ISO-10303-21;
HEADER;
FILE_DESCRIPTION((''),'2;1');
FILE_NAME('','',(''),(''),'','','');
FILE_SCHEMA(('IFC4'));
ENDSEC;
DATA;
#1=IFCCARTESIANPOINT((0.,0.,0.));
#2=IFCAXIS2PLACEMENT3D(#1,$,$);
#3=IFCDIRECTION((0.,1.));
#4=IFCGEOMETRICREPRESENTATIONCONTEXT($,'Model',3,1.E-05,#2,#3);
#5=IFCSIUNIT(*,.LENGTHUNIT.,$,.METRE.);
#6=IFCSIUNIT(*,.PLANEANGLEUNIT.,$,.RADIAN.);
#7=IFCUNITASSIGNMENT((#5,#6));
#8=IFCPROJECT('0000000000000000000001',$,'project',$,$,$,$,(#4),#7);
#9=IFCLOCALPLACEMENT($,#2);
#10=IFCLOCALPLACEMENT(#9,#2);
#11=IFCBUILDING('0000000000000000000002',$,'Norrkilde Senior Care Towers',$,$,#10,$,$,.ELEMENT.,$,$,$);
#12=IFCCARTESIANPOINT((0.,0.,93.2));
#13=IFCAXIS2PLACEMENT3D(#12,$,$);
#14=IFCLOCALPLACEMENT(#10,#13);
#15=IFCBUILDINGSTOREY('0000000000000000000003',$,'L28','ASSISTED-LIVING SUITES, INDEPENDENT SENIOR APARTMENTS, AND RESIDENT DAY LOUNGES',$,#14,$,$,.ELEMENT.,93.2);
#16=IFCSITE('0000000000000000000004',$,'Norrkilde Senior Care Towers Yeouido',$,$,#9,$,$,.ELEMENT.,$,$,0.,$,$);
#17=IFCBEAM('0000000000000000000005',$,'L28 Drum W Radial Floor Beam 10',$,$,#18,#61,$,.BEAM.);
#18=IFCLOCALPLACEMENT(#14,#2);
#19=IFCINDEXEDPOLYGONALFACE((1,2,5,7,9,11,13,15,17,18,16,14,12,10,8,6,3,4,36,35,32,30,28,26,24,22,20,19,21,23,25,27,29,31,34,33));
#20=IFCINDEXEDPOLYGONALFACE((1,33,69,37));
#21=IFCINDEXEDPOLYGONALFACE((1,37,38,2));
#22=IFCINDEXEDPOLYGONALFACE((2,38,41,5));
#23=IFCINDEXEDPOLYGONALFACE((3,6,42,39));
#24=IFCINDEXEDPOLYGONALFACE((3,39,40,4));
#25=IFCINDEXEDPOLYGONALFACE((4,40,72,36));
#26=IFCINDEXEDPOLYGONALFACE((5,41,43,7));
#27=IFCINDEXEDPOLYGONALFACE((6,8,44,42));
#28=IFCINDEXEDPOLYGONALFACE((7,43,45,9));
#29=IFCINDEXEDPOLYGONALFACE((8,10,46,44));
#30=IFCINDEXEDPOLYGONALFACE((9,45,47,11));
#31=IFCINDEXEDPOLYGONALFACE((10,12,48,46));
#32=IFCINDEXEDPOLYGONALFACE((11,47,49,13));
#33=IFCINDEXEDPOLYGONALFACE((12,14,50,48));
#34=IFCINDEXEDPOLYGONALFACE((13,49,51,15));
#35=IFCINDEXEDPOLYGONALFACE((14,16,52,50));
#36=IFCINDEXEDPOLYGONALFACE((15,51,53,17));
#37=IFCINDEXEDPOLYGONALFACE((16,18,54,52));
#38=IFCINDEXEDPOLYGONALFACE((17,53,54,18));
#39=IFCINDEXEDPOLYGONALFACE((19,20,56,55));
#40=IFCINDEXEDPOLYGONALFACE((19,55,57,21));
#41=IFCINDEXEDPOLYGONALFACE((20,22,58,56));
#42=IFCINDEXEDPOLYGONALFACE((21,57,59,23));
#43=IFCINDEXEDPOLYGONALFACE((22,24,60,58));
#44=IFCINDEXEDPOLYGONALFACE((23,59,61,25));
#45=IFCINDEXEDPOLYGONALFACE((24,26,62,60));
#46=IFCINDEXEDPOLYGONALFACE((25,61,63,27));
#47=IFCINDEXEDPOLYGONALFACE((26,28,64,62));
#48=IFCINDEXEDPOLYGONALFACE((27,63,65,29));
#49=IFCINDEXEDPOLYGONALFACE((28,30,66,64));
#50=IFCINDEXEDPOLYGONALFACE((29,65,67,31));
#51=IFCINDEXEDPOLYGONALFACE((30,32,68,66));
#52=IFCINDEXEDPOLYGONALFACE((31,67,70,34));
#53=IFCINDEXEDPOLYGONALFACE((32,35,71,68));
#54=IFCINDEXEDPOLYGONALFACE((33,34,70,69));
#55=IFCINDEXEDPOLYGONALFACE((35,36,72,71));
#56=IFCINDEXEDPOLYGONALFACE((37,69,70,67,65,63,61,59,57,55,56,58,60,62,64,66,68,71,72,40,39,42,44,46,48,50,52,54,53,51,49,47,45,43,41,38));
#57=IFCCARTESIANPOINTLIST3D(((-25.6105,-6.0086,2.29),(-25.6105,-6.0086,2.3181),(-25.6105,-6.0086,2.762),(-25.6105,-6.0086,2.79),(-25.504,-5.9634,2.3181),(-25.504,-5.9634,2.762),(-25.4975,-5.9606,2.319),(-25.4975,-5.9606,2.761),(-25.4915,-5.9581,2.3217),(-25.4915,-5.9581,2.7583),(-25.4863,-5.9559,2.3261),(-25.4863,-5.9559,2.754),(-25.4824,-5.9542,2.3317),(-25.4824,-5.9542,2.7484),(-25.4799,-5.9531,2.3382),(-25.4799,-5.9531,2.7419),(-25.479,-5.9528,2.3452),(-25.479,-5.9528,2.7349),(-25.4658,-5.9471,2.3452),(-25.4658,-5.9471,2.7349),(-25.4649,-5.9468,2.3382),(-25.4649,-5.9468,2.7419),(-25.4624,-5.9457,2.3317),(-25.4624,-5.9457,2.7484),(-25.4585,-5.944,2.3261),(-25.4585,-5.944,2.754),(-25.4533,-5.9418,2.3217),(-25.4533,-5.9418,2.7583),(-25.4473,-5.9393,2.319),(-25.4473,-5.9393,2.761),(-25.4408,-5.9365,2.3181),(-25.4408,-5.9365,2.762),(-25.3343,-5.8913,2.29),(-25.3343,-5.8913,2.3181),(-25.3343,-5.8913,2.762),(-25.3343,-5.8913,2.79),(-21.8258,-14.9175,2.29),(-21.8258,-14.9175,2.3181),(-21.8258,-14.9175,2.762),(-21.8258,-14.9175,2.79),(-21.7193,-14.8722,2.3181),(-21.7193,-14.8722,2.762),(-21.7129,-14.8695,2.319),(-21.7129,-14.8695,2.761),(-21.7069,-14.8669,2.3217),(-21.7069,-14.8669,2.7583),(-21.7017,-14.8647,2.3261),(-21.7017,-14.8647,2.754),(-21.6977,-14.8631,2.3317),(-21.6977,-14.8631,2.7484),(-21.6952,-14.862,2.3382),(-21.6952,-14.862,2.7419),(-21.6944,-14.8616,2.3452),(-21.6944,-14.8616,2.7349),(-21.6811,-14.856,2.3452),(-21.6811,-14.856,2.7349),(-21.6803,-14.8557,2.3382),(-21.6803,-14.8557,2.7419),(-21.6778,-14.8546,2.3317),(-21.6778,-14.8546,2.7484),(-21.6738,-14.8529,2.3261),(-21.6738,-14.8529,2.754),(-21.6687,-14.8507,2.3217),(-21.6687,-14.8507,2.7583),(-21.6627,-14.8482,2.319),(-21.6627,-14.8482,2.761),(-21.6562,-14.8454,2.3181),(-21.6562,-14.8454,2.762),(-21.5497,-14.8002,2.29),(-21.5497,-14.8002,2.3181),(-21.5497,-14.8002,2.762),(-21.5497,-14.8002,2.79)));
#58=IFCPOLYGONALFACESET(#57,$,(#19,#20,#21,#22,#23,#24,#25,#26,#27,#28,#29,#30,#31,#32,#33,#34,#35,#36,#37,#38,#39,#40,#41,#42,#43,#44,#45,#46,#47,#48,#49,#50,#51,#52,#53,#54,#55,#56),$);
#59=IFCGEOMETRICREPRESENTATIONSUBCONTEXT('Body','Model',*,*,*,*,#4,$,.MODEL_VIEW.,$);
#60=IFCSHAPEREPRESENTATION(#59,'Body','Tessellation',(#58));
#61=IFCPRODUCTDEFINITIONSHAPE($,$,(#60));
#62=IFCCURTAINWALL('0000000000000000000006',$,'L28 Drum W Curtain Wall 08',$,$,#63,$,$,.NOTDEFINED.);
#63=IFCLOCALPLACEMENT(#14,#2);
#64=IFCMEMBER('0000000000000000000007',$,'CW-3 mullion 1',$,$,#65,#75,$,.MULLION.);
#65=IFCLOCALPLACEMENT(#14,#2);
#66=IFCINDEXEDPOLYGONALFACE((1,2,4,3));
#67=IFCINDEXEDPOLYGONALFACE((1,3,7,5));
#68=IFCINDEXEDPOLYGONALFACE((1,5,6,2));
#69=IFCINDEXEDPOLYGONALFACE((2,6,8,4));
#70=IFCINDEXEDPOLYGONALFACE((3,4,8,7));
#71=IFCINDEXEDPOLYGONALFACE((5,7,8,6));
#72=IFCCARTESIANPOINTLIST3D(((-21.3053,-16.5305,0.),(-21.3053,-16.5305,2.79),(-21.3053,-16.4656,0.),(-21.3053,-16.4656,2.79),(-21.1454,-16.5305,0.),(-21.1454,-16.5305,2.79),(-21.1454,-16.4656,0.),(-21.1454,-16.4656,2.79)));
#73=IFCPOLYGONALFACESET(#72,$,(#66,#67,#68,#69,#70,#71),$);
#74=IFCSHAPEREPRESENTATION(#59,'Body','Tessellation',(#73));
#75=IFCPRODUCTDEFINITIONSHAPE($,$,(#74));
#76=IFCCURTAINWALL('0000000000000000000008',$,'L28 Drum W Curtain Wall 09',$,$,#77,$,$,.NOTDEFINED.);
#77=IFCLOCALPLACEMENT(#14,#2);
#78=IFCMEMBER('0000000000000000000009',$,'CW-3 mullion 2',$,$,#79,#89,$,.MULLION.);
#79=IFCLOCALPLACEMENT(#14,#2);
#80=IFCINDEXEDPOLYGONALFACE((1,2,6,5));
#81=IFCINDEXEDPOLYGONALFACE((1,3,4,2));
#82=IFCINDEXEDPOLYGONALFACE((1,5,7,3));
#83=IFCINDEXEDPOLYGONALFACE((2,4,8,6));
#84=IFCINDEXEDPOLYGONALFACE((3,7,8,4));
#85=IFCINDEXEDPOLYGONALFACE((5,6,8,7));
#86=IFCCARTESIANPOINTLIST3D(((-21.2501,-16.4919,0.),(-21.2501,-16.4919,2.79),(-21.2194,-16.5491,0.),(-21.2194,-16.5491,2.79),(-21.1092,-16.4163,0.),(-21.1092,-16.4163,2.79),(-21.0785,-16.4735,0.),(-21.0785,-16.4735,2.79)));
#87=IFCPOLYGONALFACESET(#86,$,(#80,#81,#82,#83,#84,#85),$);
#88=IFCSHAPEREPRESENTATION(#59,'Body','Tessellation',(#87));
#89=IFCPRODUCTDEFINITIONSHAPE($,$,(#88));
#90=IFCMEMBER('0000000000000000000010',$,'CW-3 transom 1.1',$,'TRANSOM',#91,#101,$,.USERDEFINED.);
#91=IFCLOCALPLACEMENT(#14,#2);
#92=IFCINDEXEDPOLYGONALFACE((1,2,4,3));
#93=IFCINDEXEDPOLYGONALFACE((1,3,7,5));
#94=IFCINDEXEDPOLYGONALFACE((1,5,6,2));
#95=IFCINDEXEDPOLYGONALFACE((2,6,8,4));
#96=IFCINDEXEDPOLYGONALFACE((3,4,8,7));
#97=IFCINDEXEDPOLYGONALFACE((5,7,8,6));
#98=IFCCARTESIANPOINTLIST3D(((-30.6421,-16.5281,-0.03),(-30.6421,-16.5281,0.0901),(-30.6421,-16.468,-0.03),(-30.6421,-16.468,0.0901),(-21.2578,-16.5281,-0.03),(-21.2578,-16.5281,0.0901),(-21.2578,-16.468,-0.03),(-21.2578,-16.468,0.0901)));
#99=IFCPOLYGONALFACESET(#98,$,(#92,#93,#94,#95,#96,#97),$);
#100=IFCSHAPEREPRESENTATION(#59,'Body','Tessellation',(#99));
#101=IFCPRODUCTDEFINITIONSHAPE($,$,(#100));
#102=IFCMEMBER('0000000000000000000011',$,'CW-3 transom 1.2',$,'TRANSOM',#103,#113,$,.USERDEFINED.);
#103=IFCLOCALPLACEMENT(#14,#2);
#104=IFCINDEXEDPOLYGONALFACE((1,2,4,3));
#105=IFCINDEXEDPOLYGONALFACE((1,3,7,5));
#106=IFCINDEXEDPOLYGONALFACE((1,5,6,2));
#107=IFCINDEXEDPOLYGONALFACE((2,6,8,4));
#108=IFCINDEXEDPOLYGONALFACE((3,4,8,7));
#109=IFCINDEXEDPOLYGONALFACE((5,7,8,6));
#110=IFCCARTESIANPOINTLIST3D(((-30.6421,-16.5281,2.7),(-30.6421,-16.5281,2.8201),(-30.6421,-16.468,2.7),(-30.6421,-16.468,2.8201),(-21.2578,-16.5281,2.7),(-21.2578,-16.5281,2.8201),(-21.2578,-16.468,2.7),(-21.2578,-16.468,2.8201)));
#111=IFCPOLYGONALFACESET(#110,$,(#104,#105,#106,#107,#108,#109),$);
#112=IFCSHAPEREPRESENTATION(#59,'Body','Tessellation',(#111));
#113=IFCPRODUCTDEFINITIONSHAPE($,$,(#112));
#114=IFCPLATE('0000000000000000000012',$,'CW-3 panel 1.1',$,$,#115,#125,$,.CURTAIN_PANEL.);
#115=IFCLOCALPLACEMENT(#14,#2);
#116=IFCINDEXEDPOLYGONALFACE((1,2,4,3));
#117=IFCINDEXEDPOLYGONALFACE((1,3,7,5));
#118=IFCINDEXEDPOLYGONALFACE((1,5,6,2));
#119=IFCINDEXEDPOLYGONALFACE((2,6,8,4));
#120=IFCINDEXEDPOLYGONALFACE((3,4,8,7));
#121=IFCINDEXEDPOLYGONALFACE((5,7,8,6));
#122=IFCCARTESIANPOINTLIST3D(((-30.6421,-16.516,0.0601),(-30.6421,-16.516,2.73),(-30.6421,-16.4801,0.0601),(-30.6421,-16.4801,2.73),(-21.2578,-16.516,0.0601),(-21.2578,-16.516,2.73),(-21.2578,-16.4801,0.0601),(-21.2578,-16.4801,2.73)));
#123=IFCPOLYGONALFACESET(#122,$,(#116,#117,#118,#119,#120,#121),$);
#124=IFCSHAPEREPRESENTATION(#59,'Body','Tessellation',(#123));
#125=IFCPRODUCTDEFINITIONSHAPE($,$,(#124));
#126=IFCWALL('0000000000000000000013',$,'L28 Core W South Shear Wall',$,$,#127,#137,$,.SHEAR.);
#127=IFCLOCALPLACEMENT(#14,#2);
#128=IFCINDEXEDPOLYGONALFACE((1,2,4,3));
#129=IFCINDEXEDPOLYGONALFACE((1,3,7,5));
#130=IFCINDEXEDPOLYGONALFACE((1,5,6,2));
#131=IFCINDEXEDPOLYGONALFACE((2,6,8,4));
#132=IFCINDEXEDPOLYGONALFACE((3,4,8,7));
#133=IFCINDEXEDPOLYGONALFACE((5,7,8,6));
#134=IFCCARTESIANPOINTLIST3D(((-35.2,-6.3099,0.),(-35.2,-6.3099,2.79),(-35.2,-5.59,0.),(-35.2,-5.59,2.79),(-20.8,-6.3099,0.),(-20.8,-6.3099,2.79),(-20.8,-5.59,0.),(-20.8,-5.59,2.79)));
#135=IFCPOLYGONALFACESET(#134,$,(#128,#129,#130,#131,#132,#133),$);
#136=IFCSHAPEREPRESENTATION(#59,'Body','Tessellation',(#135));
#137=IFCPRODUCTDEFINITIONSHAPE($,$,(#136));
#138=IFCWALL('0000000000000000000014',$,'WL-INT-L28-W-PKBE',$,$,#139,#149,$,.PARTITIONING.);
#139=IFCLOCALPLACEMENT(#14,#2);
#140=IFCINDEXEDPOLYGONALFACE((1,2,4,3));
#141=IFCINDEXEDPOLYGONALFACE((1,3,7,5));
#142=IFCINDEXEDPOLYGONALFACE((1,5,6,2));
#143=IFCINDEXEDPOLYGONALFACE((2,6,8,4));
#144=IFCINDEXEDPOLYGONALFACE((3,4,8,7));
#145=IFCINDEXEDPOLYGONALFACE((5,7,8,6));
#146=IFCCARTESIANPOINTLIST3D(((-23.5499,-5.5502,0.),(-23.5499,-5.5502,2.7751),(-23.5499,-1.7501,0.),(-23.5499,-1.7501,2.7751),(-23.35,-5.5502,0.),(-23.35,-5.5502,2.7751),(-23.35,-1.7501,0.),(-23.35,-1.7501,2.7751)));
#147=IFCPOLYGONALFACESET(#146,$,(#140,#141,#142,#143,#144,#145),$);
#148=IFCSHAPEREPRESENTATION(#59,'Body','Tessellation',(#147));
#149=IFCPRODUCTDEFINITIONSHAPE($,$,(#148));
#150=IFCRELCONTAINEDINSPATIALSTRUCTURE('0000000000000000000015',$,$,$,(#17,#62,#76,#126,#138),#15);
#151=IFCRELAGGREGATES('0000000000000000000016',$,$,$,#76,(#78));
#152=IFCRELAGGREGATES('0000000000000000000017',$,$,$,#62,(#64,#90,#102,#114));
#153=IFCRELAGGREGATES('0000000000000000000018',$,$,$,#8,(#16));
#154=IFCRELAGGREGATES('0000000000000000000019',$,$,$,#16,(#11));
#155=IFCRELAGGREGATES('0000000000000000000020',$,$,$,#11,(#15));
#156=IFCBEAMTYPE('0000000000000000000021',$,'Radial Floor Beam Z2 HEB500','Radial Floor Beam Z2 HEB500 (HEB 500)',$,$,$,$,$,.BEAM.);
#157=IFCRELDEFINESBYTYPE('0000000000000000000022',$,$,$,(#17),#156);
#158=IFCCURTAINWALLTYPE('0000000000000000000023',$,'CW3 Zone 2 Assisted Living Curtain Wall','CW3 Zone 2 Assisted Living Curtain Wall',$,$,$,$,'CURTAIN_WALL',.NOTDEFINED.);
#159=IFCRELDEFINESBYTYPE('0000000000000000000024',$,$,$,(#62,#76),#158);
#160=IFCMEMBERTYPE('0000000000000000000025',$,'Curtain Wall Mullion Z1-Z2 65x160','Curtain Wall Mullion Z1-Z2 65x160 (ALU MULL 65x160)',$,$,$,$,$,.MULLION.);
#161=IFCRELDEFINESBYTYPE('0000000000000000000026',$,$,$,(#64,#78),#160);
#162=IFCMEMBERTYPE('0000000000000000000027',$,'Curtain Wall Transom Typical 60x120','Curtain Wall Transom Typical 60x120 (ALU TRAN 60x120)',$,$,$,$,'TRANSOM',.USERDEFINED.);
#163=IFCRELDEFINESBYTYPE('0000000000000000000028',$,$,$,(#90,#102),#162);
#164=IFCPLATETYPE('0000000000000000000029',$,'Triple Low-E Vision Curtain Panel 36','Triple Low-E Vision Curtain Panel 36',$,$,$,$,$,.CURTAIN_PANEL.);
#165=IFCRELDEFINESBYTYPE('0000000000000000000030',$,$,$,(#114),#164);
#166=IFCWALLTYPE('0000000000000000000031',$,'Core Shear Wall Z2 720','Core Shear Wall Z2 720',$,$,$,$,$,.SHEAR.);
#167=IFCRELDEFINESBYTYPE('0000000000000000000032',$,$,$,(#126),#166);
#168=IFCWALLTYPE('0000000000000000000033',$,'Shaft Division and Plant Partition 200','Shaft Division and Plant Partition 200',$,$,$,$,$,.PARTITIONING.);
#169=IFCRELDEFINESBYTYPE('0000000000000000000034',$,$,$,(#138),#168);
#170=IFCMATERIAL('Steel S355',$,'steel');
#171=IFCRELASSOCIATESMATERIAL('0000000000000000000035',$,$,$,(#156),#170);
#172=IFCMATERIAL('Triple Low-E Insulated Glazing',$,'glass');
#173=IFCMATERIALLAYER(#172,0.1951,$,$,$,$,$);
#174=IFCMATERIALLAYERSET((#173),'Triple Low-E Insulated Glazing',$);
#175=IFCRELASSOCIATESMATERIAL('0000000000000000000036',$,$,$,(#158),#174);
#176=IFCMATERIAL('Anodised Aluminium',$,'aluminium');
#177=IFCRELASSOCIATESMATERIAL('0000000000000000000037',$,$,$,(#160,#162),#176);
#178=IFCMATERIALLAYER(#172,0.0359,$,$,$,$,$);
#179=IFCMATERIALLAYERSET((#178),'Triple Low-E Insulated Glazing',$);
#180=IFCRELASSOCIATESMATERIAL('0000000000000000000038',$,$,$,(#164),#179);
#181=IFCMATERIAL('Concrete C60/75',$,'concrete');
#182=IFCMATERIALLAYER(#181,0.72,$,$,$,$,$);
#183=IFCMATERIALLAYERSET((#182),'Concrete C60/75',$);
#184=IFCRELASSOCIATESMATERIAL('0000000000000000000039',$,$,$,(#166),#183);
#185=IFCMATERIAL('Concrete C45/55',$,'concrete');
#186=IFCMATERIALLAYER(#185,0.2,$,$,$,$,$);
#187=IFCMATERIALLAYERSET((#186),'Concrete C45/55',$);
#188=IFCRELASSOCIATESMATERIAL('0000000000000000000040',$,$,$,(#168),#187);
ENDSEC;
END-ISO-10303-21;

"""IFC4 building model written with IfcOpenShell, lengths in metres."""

from ifc_helpers import new_model, si_unit, direction, frame, frame_2d, origin, origin_2d, place, context, subcontext, project, spatial, rectangle, i_section, extrude, source, transform, mapped, material, layer, layer_set, material_profile, profile_set, type_object, type_shapes, element, aggregate, save


model = new_model("IFC4")

# Units and contexts
model_context = context("Model", 3, precision=1e-05, world=origin(), true_north=direction((0.0, 1.0)))
body_context = subcontext(model_context, "Body", "Model", "MODEL_VIEW")
ifc_project = project(units=[si_unit("LENGTHUNIT", "METRE"), si_unit("PLANEANGLEUNIT", "RADIAN")], contexts=[model_context])

# Site, building, storey
site_placement = place(None, origin())
site = spatial("IfcSite", under=ifc_project, at=site_placement, Name="Norrkilde Senior Care Towers Yeouido", CompositionType="ELEMENT", RefElevation=0.0)
building_placement = place(site_placement, origin())
building = spatial("IfcBuilding", under=site, at=building_placement, Name="Norrkilde Senior Care Towers", CompositionType="ELEMENT")
storey_placement = place(building_placement, frame((0.0, 0.0, 93.2)))
storey = spatial("IfcBuildingStorey", under=building, at=storey_placement, Name="L28", Description="ASSISTED-LIVING SUITES, INDEPENDENT SENIOR APARTMENTS, AND RESIDENT DAY LOUNGES", CompositionType="ELEMENT", Elevation=93.2)

# Shared definitions
ifc_material_1 = material(Name="Concrete C60/75", Category="concrete")

# Beam
ifc_material_2 = material(Name="Steel S355", Category="steel")
ifc_material_profile_1 = material_profile(ifc_material_2, i_section(OverallWidth=0.3, OverallDepth=0.5, WebThickness=0.0144, FlangeThickness=0.0281, FilletRadius=0.0271, at=origin_2d()), Name="HEB 500")
ifc_profile_set_1 = profile_set([ifc_material_profile_1], Name="Steel S355")
beam_type_1 = type_object("IfcBeamType", Name="Radial Floor Beam Z2 HEB500", Description="Radial Floor Beam Z2 HEB500 (HEB 500)", PredefinedType="BEAM", material=ifc_profile_set_1)
shared_shape_1 = source(origin(), body_context, "Body", "SweptSolid", [
    extrude(i_section(OverallWidth=0.3, OverallDepth=0.5, WebThickness=0.0144, FlangeThickness=0.0281, FilletRadius=0.0271, at=origin_2d()), origin(), (0.0, 0.0, 1.0), 9.6794),
])
beam_1_placement = place(storey_placement, frame((-25.4724, -5.95, 2.54), z_axis=(0.390998, -0.920392, 0.0), x_axis=(0.920392, 0.390998, 0.0)))
element("IfcBeam", 1, at=beam_1_placement, inside=storey, type_object=beam_type_1, Name="L28 Drum W Radial Floor Beam 10", PredefinedType="BEAM", context=body_context, shape_type="MappedRepresentation", body=[
    mapped(shared_shape_1, transform((0.0, 0.0, 0.0), x_axis=(1.0, 0.0, 0.0), y_axis=(0.0, 1.0, 0.0), z_axis=(0.0, 0.0, 1.0), scale=1.0)),
])

# Curtain walls, members
ifc_material_3 = material(Name="Triple Low-E Insulated Glazing", Category="glass")
ifc_layer_1 = layer(ifc_material_3, 0.1951)
ifc_layer_set_1 = layer_set([ifc_layer_1], Name="Triple Low-E Insulated Glazing")
curtain_wall_type = type_object("IfcCurtainWallType", Name="CW3 Zone 2 Assisted Living Curtain Wall", Description="CW3 Zone 2 Assisted Living Curtain Wall", ElementType="CURTAIN_WALL", PredefinedType="NOTDEFINED", material=ifc_layer_set_1)
curtain_wall_1_placement = place(storey_placement, origin())
curtain_wall_1 = element("IfcCurtainWall", 2, at=curtain_wall_1_placement, inside=storey, type_object=curtain_wall_type, Name="L28 Drum W Curtain Wall 08", PredefinedType="NOTDEFINED")
ifc_material_4 = material(Name="Anodised Aluminium", Category="aluminium")
ifc_material_profile_2 = material_profile(ifc_material_4, rectangle(XDim=0.0649, YDim=0.1599, at=origin_2d()), Name="ALU MULL 65x160")
ifc_profile_set_2 = profile_set([ifc_material_profile_2], Name="Anodised Aluminium")
member_type_1 = type_object("IfcMemberType", Name="Curtain Wall Mullion Z1-Z2 65x160", Description="Curtain Wall Mullion Z1-Z2 65x160 (ALU MULL 65x160)", PredefinedType="MULLION", material=ifc_profile_set_2)
shared_shape_2 = source(origin(), body_context, "Body", "SweptSolid", [
    extrude(rectangle(XDim=0.0649, YDim=0.1599, at=origin_2d()), origin(), (0.0, 0.0, 1.0), 2.79),
])
type_shapes(member_type_1, [shared_shape_2])
member_1_placement = place(storey_placement, frame((-21.2253, -16.498, 0.0), z_axis=(0.0, 0.0, 1.0), x_axis=(0.0, -1.0, 0.0)))
member_1 = element("IfcMember", 3, at=member_1_placement, type_object=member_type_1, Name="CW-3 mullion 1", PredefinedType="MULLION", context=body_context, shape_type="MappedRepresentation", body=[
    mapped(shared_shape_2, transform((0.0, 0.0, 0.0), x_axis=(1.0, 0.0, 0.0), y_axis=(0.0, 1.0, 0.0), z_axis=(0.0, 0.0, 1.0), scale=1.0)),
])
curtain_wall_2_placement = place(storey_placement, origin())
curtain_wall_2 = element("IfcCurtainWall", 4, at=curtain_wall_2_placement, inside=storey, type_object=curtain_wall_type, Name="L28 Drum W Curtain Wall 09", PredefinedType="NOTDEFINED")
member_2_placement = place(storey_placement, frame((-21.1643, -16.4827, 0.0), z_axis=(0.0, 0.0, 1.0), x_axis=(0.472769, -0.881186, 0.0)))
member_2 = element("IfcMember", 5, at=member_2_placement, type_object=member_type_1, Name="CW-3 mullion 2", PredefinedType="MULLION", context=body_context, shape_type="MappedRepresentation", body=[
    mapped(shared_shape_2, transform((0.0, 0.0, 0.0), x_axis=(1.0, 0.0, 0.0), y_axis=(0.0, 1.0, 0.0), z_axis=(0.0, 0.0, 1.0), scale=1.0)),
])
aggregate(curtain_wall_2, [member_2])

# Members
ifc_material_profile_3 = material_profile(ifc_material_4, rectangle(XDim=0.0601, YDim=0.1201, at=origin_2d()), Name="ALU TRAN 60x120")
ifc_profile_set_3 = profile_set([ifc_material_profile_3], Name="Anodised Aluminium")
member_type_2 = type_object("IfcMemberType", Name="Curtain Wall Transom Typical 60x120", Description="Curtain Wall Transom Typical 60x120 (ALU TRAN 60x120)", ElementType="TRANSOM", PredefinedType="USERDEFINED", material=ifc_profile_set_3)
shared_shape_3 = source(origin(), body_context, "Body", "SweptSolid", [
    extrude(rectangle(XDim=0.0601, YDim=0.1201, at=origin_2d()), origin(), (0.0, 0.0, 1.0), 9.3843),
])
type_shapes(member_type_2, [shared_shape_3])
member_3_placement = place(storey_placement, frame((-21.2578, -16.498, 0.03), z_axis=(-1.0, 0.0, 0.0), x_axis=(0.0, -1.0, 0.0)))
member_3 = element("IfcMember", 6, at=member_3_placement, type_object=member_type_2, Name="CW-3 transom 1.1", ObjectType="TRANSOM", PredefinedType="USERDEFINED", context=body_context, shape_type="MappedRepresentation", body=[
    mapped(shared_shape_3, transform((0.0, 0.0, 0.0), x_axis=(1.0, 0.0, 0.0), y_axis=(0.0, 1.0, 0.0), z_axis=(0.0, 0.0, 1.0), scale=1.0)),
])
member_4_placement = place(storey_placement, frame((-21.2578, -16.498, 2.76), z_axis=(-1.0, 0.0, 0.0), x_axis=(0.0, -1.0, 0.0)))
member_4 = element("IfcMember", 7, at=member_4_placement, type_object=member_type_2, Name="CW-3 transom 1.2", ObjectType="TRANSOM", PredefinedType="USERDEFINED", context=body_context, shape_type="MappedRepresentation", body=[
    mapped(shared_shape_3, transform((0.0, 0.0, 0.0), x_axis=(1.0, 0.0, 0.0), y_axis=(0.0, 1.0, 0.0), z_axis=(0.0, 0.0, 1.0), scale=1.0)),
])

# Plate
ifc_layer_2 = layer(ifc_material_3, 0.0359)
ifc_layer_set_2 = layer_set([ifc_layer_2], Name="Triple Low-E Insulated Glazing")
plate_type = type_object("IfcPlateType", Name="Triple Low-E Vision Curtain Panel 36", Description="Triple Low-E Vision Curtain Panel 36", PredefinedType="CURTAIN_PANEL", material=ifc_layer_set_2)
shared_shape_4 = source(origin(), body_context, "Body", "SweptSolid", [
    extrude(rectangle(XDim=9.3843, YDim=0.0359, at=origin_2d()), origin(), (0.0, 0.0, 1.0), 2.6699),
])
type_shapes(plate_type, [shared_shape_4])
plate_placement = place(storey_placement, frame((-25.95, -16.498, 0.0601), z_axis=(0.0, 0.0, 1.0), x_axis=(-1.0, 0.0, 0.0)))
plate = element("IfcPlate", 8, at=plate_placement, type_object=plate_type, Name="CW-3 panel 1.1", PredefinedType="CURTAIN_PANEL", context=body_context, shape_type="MappedRepresentation", body=[
    mapped(shared_shape_4, transform((0.0, 0.0, 0.0), x_axis=(1.0, 0.0, 0.0), y_axis=(0.0, 1.0, 0.0), z_axis=(0.0, 0.0, 1.0), scale=1.0)),
])
aggregate(curtain_wall_1, [member_1, member_3, member_4, plate])

# Walls
ifc_layer_3 = layer(ifc_material_1, 0.72)
ifc_layer_set_3 = layer_set([ifc_layer_3], Name="Concrete C60/75")
wall_type_1 = type_object("IfcWallType", Name="Core Shear Wall Z2 720", Description="Core Shear Wall Z2 720", PredefinedType="SHEAR", material=ifc_layer_set_3)
shared_shape_5 = source(origin(), body_context, "Body", "SweptSolid", [
    extrude(rectangle(XDim=14.3999, YDim=0.72, at=frame_2d((7.2, 0.0))), origin(), (0.0, 0.0, 1.0), 2.79),
])
type_shapes(wall_type_1, [shared_shape_5])
wall_1_placement = place(storey_placement, frame((-20.8, -5.95, 0.0), z_axis=(0.0, 0.0, 1.0), x_axis=(-1.0, 0.0, 0.0)))
element("IfcWall", 9, at=wall_1_placement, inside=storey, type_object=wall_type_1, Name="L28 Core W South Shear Wall", PredefinedType="SHEAR", context=body_context, shape_type="MappedRepresentation", body=[
    mapped(shared_shape_5, transform((0.0, 0.0, 0.0), x_axis=(1.0, 0.0, 0.0), y_axis=(0.0, 1.0, 0.0), z_axis=(0.0, 0.0, 1.0), scale=1.0)),
])
ifc_material_5 = material(Name="Concrete C45/55", Category="concrete")
ifc_layer_4 = layer(ifc_material_5, 0.2)
ifc_layer_set_4 = layer_set([ifc_layer_4], Name="Concrete C45/55")
wall_type_2 = type_object("IfcWallType", Name="Shaft Division and Plant Partition 200", Description="Shaft Division and Plant Partition 200", PredefinedType="PARTITIONING", material=ifc_layer_set_4)
shared_shape_6 = source(origin(), body_context, "Body", "SweptSolid", [
    extrude(rectangle(XDim=3.8, YDim=0.2, at=frame_2d((1.8999, 0.0))), origin(), (0.0, 0.0, 1.0), 2.7751),
])
type_shapes(wall_type_2, [shared_shape_6])
wall_2_placement = place(storey_placement, frame((-23.45, -5.55, 0.0), z_axis=(0.0, 0.0, 1.0), x_axis=(0.0, 1.0, 0.0)))
element("IfcWall", 10, at=wall_2_placement, inside=storey, type_object=wall_type_2, Name="WL-INT-L28-W-PKBE", PredefinedType="PARTITIONING", context=body_context, shape_type="MappedRepresentation", body=[
    mapped(shared_shape_6, transform((0.0, 0.0, 0.0), x_axis=(1.0, 0.0, 0.0), y_axis=(0.0, 1.0, 0.0), z_axis=(0.0, 0.0, 1.0), scale=1.0)),
])

save(model, "model.ifc")
